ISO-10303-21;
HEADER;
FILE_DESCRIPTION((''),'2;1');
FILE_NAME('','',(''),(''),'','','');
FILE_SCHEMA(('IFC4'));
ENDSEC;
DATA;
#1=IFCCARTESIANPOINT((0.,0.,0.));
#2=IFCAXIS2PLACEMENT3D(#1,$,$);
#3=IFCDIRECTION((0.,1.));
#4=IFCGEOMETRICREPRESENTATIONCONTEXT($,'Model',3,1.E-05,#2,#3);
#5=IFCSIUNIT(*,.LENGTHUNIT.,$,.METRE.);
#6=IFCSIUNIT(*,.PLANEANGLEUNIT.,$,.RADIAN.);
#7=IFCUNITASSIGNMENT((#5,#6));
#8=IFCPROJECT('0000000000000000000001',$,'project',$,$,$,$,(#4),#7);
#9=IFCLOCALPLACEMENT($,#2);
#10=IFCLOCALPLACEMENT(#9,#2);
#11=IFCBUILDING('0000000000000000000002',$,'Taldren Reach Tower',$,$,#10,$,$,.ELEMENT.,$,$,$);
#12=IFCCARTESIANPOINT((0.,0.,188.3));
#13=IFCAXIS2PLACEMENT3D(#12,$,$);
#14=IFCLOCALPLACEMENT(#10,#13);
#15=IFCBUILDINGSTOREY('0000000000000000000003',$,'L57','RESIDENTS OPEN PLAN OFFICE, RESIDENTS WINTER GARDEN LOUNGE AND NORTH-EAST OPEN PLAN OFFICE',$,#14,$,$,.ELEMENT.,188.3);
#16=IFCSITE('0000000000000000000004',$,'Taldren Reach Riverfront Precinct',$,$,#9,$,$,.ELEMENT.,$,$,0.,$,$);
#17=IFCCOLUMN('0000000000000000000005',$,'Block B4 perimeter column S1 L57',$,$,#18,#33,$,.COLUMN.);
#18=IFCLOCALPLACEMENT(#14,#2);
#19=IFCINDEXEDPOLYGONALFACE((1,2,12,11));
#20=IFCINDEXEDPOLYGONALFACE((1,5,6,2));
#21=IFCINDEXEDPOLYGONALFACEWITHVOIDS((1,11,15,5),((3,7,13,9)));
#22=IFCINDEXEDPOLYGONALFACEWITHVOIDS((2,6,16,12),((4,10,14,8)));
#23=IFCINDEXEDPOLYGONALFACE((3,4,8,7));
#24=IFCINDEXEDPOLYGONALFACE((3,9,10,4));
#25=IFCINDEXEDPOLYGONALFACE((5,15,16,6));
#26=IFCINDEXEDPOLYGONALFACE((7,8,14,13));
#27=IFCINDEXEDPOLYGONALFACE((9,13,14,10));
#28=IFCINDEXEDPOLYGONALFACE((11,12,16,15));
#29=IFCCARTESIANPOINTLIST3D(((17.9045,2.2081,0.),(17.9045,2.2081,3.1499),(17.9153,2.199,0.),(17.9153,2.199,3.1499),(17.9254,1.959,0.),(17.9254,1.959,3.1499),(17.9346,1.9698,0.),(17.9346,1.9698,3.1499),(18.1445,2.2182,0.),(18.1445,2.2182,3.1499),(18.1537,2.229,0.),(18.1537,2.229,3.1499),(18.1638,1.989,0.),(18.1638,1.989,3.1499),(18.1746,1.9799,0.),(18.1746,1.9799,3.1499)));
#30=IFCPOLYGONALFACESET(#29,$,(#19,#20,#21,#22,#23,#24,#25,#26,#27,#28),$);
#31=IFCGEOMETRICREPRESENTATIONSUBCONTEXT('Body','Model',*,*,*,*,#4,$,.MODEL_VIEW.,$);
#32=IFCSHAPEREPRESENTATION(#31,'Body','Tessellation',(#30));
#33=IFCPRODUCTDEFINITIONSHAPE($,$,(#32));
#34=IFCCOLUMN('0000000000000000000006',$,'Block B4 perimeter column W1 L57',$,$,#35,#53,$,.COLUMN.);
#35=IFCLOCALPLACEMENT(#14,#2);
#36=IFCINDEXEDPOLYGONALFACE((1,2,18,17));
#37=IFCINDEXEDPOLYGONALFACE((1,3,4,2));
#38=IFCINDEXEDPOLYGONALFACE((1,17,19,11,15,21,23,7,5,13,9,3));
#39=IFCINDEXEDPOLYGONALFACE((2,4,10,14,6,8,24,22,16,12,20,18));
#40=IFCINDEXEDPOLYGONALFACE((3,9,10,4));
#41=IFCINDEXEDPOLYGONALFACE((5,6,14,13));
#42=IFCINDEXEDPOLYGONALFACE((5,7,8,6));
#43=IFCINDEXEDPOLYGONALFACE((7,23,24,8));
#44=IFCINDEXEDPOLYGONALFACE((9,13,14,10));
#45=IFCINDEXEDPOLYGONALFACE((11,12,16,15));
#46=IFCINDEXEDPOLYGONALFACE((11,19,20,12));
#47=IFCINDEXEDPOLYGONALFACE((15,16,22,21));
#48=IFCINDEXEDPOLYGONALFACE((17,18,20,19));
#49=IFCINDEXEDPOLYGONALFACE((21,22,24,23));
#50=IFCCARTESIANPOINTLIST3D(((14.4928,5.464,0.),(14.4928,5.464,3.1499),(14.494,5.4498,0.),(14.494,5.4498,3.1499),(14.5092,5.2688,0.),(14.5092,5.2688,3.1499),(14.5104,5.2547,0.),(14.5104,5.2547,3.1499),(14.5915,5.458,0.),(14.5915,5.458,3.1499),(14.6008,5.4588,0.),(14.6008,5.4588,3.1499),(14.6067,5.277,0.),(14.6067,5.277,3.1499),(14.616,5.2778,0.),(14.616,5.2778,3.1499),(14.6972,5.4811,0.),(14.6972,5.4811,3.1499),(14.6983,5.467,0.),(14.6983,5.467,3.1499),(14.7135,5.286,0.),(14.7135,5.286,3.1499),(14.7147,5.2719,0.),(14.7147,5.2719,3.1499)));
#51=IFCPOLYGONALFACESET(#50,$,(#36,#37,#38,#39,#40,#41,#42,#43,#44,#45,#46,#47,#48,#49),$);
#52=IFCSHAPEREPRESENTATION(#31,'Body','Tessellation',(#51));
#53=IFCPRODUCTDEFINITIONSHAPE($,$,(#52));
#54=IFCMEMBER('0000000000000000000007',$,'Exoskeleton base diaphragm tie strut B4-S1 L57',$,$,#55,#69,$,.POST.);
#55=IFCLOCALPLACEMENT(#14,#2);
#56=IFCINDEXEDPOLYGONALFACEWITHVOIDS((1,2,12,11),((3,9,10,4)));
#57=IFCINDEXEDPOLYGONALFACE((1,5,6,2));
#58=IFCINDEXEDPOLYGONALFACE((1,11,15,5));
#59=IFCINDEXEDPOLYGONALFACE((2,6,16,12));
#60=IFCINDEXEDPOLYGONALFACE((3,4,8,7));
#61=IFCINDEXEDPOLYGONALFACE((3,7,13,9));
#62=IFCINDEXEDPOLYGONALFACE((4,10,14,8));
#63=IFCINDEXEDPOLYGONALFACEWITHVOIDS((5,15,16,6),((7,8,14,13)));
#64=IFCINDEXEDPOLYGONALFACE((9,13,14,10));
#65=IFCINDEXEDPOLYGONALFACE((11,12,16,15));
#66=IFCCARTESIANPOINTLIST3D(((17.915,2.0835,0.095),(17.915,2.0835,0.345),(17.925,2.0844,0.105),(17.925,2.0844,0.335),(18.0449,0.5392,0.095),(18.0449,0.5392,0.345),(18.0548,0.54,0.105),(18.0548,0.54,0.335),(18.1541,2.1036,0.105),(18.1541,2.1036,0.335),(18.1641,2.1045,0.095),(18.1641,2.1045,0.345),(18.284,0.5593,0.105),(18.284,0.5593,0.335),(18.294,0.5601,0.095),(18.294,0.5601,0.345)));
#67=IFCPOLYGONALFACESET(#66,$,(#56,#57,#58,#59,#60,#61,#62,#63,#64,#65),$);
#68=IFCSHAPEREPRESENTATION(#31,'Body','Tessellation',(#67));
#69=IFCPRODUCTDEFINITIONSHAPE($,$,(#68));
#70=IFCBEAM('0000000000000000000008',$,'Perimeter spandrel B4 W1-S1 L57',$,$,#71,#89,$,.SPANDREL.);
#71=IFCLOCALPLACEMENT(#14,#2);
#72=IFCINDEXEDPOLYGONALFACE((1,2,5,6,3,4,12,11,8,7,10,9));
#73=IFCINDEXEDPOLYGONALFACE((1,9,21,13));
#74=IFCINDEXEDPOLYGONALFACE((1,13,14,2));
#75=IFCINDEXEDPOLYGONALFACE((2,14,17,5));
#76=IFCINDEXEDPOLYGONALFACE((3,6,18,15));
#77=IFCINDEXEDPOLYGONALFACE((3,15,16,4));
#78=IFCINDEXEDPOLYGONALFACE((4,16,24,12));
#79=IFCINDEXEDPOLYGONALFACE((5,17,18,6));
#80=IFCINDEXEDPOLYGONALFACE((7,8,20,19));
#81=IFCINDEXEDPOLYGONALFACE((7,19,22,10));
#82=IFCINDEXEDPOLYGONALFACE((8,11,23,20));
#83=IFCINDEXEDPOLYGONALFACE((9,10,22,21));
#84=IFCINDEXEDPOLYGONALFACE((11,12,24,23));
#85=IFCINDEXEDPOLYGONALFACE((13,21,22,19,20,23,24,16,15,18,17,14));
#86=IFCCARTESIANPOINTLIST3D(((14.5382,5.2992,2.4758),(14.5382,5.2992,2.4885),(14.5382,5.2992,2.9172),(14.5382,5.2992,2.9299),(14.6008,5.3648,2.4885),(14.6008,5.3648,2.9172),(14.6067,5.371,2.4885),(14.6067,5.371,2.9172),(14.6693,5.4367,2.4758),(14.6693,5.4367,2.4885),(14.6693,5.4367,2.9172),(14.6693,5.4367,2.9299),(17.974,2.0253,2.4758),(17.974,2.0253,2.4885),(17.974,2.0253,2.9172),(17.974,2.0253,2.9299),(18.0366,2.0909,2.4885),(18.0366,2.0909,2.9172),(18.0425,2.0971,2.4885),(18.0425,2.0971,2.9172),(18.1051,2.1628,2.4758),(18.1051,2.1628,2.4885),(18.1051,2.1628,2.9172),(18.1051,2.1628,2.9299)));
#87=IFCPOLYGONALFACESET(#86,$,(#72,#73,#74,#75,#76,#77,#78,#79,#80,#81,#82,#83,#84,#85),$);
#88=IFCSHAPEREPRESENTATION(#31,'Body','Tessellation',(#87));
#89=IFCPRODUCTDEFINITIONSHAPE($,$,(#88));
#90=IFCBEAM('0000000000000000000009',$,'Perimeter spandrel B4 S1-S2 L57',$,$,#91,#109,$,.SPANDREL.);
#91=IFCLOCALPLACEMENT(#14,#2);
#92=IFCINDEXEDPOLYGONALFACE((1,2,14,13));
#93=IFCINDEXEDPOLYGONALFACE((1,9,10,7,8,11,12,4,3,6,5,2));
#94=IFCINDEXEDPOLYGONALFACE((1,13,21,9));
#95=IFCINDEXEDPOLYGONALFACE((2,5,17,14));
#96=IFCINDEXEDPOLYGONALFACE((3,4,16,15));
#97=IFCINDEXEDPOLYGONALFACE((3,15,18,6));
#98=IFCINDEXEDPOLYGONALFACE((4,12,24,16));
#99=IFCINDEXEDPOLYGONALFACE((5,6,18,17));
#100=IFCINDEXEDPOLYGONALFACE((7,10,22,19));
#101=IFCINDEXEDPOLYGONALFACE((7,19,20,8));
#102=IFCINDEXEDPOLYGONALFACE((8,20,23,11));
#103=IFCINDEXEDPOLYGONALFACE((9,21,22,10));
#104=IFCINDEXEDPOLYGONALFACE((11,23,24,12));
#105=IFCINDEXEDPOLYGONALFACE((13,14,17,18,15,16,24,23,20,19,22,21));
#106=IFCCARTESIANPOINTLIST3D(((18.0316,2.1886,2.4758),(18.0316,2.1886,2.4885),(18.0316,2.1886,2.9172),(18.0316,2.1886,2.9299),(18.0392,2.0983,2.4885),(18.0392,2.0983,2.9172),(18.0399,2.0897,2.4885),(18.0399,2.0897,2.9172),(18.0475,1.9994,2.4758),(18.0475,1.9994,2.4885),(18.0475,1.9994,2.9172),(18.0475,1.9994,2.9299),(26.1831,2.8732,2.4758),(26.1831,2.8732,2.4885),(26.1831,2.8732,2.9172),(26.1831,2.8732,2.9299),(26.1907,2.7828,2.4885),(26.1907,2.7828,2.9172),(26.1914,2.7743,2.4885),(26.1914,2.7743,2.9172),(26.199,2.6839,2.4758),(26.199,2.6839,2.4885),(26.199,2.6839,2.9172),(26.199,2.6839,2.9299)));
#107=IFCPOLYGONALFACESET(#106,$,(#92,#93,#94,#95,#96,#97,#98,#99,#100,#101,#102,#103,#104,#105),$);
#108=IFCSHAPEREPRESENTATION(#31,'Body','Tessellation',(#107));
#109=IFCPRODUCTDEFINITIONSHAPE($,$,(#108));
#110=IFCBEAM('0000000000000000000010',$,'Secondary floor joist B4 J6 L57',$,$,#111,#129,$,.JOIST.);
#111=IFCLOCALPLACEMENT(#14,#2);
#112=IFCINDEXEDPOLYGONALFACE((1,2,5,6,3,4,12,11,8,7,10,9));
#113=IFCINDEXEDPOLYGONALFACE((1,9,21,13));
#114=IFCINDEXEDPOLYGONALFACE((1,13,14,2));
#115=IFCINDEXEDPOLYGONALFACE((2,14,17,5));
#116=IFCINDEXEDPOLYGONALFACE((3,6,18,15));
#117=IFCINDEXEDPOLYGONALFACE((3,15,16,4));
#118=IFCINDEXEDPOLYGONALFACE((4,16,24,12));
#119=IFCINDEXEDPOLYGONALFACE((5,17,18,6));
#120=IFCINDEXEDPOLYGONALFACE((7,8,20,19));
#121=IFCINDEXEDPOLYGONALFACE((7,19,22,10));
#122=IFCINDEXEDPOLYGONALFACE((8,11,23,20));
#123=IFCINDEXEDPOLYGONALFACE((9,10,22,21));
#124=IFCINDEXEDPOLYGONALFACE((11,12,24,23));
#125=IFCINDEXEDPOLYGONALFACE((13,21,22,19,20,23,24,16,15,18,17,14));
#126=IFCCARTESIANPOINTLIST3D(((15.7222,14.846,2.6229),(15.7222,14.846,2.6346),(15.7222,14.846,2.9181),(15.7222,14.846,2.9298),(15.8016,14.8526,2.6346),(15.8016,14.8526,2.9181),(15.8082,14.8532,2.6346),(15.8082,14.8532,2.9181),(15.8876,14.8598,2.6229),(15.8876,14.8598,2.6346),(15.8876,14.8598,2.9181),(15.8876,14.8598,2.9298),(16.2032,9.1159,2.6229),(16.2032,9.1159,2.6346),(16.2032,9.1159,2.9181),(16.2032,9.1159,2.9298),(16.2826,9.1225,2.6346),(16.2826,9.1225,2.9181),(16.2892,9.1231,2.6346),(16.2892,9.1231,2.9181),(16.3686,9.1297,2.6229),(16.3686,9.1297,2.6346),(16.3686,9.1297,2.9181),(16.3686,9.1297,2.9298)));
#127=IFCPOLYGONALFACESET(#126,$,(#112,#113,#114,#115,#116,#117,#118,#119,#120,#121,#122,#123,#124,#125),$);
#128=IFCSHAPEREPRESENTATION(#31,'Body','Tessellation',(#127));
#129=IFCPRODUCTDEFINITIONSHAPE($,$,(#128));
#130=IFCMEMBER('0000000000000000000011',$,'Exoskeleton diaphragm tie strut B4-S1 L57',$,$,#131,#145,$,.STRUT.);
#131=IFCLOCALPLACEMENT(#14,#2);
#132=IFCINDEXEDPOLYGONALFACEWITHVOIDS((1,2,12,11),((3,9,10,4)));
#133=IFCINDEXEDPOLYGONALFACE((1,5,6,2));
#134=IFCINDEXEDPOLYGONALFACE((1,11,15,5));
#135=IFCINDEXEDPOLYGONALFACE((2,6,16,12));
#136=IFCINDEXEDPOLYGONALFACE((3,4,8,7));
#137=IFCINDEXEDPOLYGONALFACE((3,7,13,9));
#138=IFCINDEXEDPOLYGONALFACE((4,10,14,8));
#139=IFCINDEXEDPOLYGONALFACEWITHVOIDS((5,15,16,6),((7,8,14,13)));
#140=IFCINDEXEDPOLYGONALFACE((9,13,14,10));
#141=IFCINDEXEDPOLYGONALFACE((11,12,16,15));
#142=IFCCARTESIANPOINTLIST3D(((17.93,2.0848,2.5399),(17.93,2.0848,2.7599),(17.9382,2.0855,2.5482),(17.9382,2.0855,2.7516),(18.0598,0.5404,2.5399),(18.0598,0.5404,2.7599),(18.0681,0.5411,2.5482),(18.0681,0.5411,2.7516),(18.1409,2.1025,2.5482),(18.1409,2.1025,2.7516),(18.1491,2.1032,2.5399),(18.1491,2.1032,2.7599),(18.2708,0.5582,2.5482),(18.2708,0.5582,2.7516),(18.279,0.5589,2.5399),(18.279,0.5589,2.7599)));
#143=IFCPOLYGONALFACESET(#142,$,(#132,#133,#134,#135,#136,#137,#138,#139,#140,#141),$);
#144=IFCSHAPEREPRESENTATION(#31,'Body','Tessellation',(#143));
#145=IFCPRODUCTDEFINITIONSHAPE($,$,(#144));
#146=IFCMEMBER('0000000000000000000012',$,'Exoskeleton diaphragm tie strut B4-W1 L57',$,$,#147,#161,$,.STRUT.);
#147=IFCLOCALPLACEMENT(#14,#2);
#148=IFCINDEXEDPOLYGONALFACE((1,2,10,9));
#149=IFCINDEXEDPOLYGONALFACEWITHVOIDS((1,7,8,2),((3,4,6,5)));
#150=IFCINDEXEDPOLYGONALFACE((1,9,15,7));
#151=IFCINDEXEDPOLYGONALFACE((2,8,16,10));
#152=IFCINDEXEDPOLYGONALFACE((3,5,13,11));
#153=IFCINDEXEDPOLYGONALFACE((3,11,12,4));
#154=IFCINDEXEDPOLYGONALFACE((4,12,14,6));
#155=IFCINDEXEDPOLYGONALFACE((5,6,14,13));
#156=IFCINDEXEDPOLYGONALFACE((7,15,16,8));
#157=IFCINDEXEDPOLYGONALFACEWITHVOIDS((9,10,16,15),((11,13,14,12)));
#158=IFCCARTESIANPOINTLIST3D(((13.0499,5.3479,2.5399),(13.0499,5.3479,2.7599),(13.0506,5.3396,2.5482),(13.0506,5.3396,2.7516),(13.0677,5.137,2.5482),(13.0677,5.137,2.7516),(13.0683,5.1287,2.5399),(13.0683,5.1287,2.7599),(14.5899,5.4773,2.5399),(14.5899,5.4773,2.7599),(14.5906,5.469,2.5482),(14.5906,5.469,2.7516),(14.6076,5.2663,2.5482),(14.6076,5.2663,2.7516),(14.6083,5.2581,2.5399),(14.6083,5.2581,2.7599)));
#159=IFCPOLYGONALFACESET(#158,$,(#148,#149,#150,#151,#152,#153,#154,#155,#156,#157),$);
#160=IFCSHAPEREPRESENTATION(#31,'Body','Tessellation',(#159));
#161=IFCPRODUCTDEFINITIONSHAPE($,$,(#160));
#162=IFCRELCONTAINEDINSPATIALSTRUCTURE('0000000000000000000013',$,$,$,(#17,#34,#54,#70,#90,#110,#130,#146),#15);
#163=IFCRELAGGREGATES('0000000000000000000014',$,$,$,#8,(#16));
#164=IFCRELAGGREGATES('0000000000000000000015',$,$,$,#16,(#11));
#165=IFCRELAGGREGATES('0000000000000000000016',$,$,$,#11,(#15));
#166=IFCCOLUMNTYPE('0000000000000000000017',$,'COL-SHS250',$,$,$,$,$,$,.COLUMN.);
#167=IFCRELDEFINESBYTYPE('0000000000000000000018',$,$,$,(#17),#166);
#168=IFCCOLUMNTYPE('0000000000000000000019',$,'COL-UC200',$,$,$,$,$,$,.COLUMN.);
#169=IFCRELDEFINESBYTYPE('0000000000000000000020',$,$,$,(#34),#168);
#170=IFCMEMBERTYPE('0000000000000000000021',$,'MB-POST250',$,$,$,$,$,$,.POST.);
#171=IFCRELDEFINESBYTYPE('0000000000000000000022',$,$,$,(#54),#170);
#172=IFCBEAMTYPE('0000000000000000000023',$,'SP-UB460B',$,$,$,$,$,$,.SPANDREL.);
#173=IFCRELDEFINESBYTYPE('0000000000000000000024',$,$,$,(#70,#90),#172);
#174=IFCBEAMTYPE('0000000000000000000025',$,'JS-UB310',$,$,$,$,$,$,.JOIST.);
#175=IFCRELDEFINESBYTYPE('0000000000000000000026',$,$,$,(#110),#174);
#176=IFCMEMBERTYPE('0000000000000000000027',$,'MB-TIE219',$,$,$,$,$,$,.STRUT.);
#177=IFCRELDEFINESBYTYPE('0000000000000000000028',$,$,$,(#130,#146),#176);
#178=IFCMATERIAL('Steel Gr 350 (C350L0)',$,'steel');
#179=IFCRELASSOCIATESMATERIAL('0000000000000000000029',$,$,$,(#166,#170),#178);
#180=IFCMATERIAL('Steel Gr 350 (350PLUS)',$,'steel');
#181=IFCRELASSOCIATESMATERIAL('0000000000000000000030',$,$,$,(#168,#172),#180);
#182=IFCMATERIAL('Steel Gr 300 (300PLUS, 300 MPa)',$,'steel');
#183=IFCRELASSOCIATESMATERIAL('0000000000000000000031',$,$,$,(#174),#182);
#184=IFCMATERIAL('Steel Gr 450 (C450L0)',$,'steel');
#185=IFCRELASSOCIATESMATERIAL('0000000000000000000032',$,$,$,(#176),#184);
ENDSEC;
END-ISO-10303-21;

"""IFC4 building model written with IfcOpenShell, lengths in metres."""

from ifc_helpers import new_model, si_unit, direction, frame, origin, origin_2d, place, context, subcontext, project, spatial, hollow_rectangle, i_section, extrude, source, transform, mapped, material, material_profile, profile_set, type_object, element, save


model = new_model("IFC4")

# Units and contexts
model_context = context("Model", 3, precision=1e-05, world=origin(), true_north=direction((0.0, 1.0)))
body_context = subcontext(model_context, "Body", "Model", "MODEL_VIEW")
ifc_project = project(units=[si_unit("LENGTHUNIT", "METRE"), si_unit("PLANEANGLEUNIT", "RADIAN")], contexts=[model_context])

# Site, building, storey
site_placement = place(None, origin())
site = spatial("IfcSite", under=ifc_project, at=site_placement, Name="Taldren Reach Riverfront Precinct", CompositionType="ELEMENT", RefElevation=0.0)
building_placement = place(site_placement, origin())
building = spatial("IfcBuilding", under=site, at=building_placement, Name="Taldren Reach Tower", CompositionType="ELEMENT")
storey_placement = place(building_placement, frame((0.0, 0.0, 188.3)))
storey = spatial("IfcBuildingStorey", under=building, at=storey_placement, Name="L57", Description="RESIDENTS OPEN PLAN OFFICE, RESIDENTS WINTER GARDEN LOUNGE AND NORTH-EAST OPEN PLAN OFFICE", CompositionType="ELEMENT", Elevation=188.3)

# Columns
ifc_material_1 = material(Name="Steel Gr 350 (C350L0)", Category="steel")
ifc_material_profile_1 = material_profile(ifc_material_1, hollow_rectangle(XDim=0.25, YDim=0.25, WallThickness=0.01, at=origin_2d()), Name="250x250x10.0SHS")
ifc_profile_set_1 = profile_set([ifc_material_profile_1], Name="Steel Gr 350 (C350L0)")
column_type_1 = type_object("IfcColumnType", Name="COL-SHS250", PredefinedType="COLUMN", material=ifc_profile_set_1)
shared_shape_1 = source(origin(), body_context, "Body", "SweptSolid", [
    extrude(hollow_rectangle(XDim=0.25, YDim=0.25, WallThickness=0.01, at=origin_2d()), origin(), (0.0, 0.0, 1.0), 3.1499),
])
column_1_placement = place(storey_placement, frame((18.0396, 2.094, 0.0), z_axis=(0.0, 0.0, 1.0), x_axis=(0.996493, 0.083678, 0.0)))
element("IfcColumn", 1, at=column_1_placement, inside=storey, type_object=column_type_1, Name="Block B4 perimeter column S1 L57", PredefinedType="COLUMN", context=body_context, shape_type="MappedRepresentation", body=[
    mapped(shared_shape_1, transform((0.0, 0.0, 0.0), scale=1.0)),
])
ifc_material_2 = material(Name="Steel Gr 350 (350PLUS)", Category="steel")
ifc_material_profile_2 = material_profile(ifc_material_2, i_section(OverallWidth=0.2051, OverallDepth=0.21, WebThickness=0.0093, FlangeThickness=0.0142, at=origin_2d()), Name="200UC59.5")
ifc_profile_set_2 = profile_set([ifc_material_profile_2], Name="Steel Gr 350 (350PLUS)")
column_type_2 = type_object("IfcColumnType", Name="COL-UC200", PredefinedType="COLUMN", material=ifc_profile_set_2)
shared_shape_2 = source(origin(), body_context, "Body", "SweptSolid", [
    extrude(i_section(OverallWidth=0.2051, OverallDepth=0.21, WebThickness=0.0093, FlangeThickness=0.0142, at=origin_2d()), origin(), (0.0, 0.0, 1.0), 3.1499),
])
column_2_placement = place(storey_placement, frame((14.6038, 5.3679, 0.0), z_axis=(0.0, 0.0, 1.0), x_axis=(0.996493, 0.083678, 0.0)))
element("IfcColumn", 2, at=column_2_placement, inside=storey, type_object=column_type_2, Name="Block B4 perimeter column W1 L57", PredefinedType="COLUMN", context=body_context, shape_type="MappedRepresentation", body=[
    mapped(shared_shape_2, transform((0.0, 0.0, 0.0), scale=1.0)),
])

# Member
ifc_material_profile_3 = material_profile(ifc_material_1, hollow_rectangle(XDim=0.25, YDim=0.25, WallThickness=0.01, at=origin_2d()), Name="250x250x10.0SHS")
ifc_profile_set_3 = profile_set([ifc_material_profile_3], Name="Steel Gr 350 (C350L0)")
member_type_1 = type_object("IfcMemberType", Name="MB-POST250", PredefinedType="POST", material=ifc_profile_set_3)
shared_shape_3 = source(origin(), body_context, "Body", "SweptSolid", [
    extrude(hollow_rectangle(XDim=0.25, YDim=0.25, WallThickness=0.01, at=origin_2d()), origin(), (0.0, 0.0, 1.0), 1.5498),
])
member_1_placement = place(storey_placement, frame((18.0396, 2.094, 0.22), z_axis=(0.083802, -0.996482, 0.0), x_axis=(0.996482, 0.083802, 0.0)))
element("IfcMember", 3, at=member_1_placement, inside=storey, type_object=member_type_1, Name="Exoskeleton base diaphragm tie strut B4-S1 L57", PredefinedType="POST", context=body_context, shape_type="MappedRepresentation", body=[
    mapped(shared_shape_3, transform((0.0, 0.0, 0.0), scale=1.0)),
])

# Beams
ifc_material_profile_4 = material_profile(ifc_material_2, i_section(OverallWidth=0.1899, OverallDepth=0.4541, WebThickness=0.0085, FlangeThickness=0.0127, at=origin_2d()), Name="460UB67.1")
ifc_profile_set_4 = profile_set([ifc_material_profile_4], Name="Steel Gr 350 (350PLUS)")
beam_type_1 = type_object("IfcBeamType", Name="SP-UB460B", PredefinedType="SPANDREL", material=ifc_profile_set_4)
shared_shape_4 = source(origin(), body_context, "Body", "SweptSolid", [
    extrude(i_section(OverallWidth=0.1899, OverallDepth=0.4541, WebThickness=0.0085, FlangeThickness=0.0127, at=origin_2d()), origin(), (0.0, 0.0, 1.0), 4.7458),
])
beam_1_placement = place(storey_placement, frame((14.6038, 5.3679, 2.7029), z_axis=(0.723954, -0.689848, 0.0), x_axis=(0.689848, 0.723954, 0.0)))
element("IfcBeam", 4, at=beam_1_placement, inside=storey, type_object=beam_type_1, Name="Perimeter spandrel B4 W1-S1 L57", PredefinedType="SPANDREL", context=body_context, shape_type="MappedRepresentation", body=[
    mapped(shared_shape_4, transform((0.0, 0.0, 0.0), scale=1.0)),
])
shared_shape_5 = source(origin(), body_context, "Body", "SweptSolid", [
    extrude(i_section(OverallWidth=0.1899, OverallDepth=0.4541, WebThickness=0.0085, FlangeThickness=0.0127, at=origin_2d()), origin(), (0.0, 0.0, 1.0), 8.1802),
])
beam_2_placement = place(storey_placement, frame((18.0396, 2.094, 2.7029), z_axis=(0.996492, 0.083688, 0.0), x_axis=(-0.083688, 0.996492, 0.0)))
element("IfcBeam", 5, at=beam_2_placement, inside=storey, type_object=beam_type_1, Name="Perimeter spandrel B4 S1-S2 L57", PredefinedType="SPANDREL", context=body_context, shape_type="MappedRepresentation", body=[
    mapped(shared_shape_5, transform((0.0, 0.0, 0.0), scale=1.0)),
])
ifc_material_3 = material(Name="Steel Gr 300 (300PLUS, 300 MPa)", Category="steel")
ifc_material_profile_5 = material_profile(ifc_material_3, i_section(OverallWidth=0.166, OverallDepth=0.3069, WebThickness=0.0066, FlangeThickness=0.0117, at=origin_2d()), Name="310UB46.2")
ifc_profile_set_5 = profile_set([ifc_material_profile_5], Name="Steel Gr 300 (300PLUS, 300 MPa)")
beam_type_2 = type_object("IfcBeamType", Name="JS-UB310", PredefinedType="JOIST", material=ifc_profile_set_5)
shared_shape_6 = source(origin(), body_context, "Body", "SweptSolid", [
    extrude(i_section(OverallWidth=0.166, OverallDepth=0.3069, WebThickness=0.0066, FlangeThickness=0.0117, at=origin_2d()), origin(), (0.0, 0.0, 1.0), 5.7502),
])
beam_3_placement = place(storey_placement, frame((16.2859, 9.1228, 2.7764), z_axis=(-0.083643, 0.996496, 0.0), x_axis=(-0.996496, -0.083643, 0.0)))
element("IfcBeam", 6, at=beam_3_placement, inside=storey, type_object=beam_type_2, Name="Secondary floor joist B4 J6 L57", PredefinedType="JOIST", context=body_context, shape_type="MappedRepresentation", body=[
    mapped(shared_shape_6, transform((0.0, 0.0, 0.0), scale=1.0)),
])

# Members
ifc_material_4 = material(Name="Steel Gr 450 (C450L0)", Category="steel")
ifc_material_profile_6 = material_profile(ifc_material_4, hollow_rectangle(XDim=0.22, YDim=0.22, WallThickness=0.0083, at=origin_2d()), Name="220x220x8.2SHS")
ifc_profile_set_6 = profile_set([ifc_material_profile_6], Name="Steel Gr 450 (C450L0)")
member_type_2 = type_object("IfcMemberType", Name="MB-TIE219", PredefinedType="STRUT", material=ifc_profile_set_6)
shared_shape_7 = source(origin(), body_context, "Body", "SweptSolid", [
    extrude(hollow_rectangle(XDim=0.22, YDim=0.22, WallThickness=0.0083, at=origin_2d()), origin(), (0.0, 0.0, 1.0), 1.5498),
])
member_2_placement = place(storey_placement, frame((18.0396, 2.094, 2.6499), z_axis=(0.083802, -0.996482, 0.0), x_axis=(0.996482, 0.083802, 0.0)))
element("IfcMember", 7, at=member_2_placement, inside=storey, type_object=member_type_2, Name="Exoskeleton diaphragm tie strut B4-S1 L57", PredefinedType="STRUT", context=body_context, shape_type="MappedRepresentation", body=[
    mapped(shared_shape_7, transform((0.0, 0.0, 0.0), scale=1.0)),
])
shared_shape_8 = source(origin(), body_context, "Body", "SweptSolid", [
    extrude(hollow_rectangle(XDim=0.22, YDim=0.22, WallThickness=0.0083, at=origin_2d()), origin(), (0.0, 0.0, 1.0), 1.5454),
])
member_3_placement = place(storey_placement, frame((14.5991, 5.3677, 2.6499), z_axis=(-0.996489, -0.083725, 0.0), x_axis=(0.083725, -0.996489, 0.0)))
element("IfcMember", 8, at=member_3_placement, inside=storey, type_object=member_type_2, Name="Exoskeleton diaphragm tie strut B4-W1 L57", PredefinedType="STRUT", context=body_context, shape_type="MappedRepresentation", body=[
    mapped(shared_shape_8, transform((0.0, 0.0, 0.0), scale=1.0)),
])

save(model, "model.ifc")
